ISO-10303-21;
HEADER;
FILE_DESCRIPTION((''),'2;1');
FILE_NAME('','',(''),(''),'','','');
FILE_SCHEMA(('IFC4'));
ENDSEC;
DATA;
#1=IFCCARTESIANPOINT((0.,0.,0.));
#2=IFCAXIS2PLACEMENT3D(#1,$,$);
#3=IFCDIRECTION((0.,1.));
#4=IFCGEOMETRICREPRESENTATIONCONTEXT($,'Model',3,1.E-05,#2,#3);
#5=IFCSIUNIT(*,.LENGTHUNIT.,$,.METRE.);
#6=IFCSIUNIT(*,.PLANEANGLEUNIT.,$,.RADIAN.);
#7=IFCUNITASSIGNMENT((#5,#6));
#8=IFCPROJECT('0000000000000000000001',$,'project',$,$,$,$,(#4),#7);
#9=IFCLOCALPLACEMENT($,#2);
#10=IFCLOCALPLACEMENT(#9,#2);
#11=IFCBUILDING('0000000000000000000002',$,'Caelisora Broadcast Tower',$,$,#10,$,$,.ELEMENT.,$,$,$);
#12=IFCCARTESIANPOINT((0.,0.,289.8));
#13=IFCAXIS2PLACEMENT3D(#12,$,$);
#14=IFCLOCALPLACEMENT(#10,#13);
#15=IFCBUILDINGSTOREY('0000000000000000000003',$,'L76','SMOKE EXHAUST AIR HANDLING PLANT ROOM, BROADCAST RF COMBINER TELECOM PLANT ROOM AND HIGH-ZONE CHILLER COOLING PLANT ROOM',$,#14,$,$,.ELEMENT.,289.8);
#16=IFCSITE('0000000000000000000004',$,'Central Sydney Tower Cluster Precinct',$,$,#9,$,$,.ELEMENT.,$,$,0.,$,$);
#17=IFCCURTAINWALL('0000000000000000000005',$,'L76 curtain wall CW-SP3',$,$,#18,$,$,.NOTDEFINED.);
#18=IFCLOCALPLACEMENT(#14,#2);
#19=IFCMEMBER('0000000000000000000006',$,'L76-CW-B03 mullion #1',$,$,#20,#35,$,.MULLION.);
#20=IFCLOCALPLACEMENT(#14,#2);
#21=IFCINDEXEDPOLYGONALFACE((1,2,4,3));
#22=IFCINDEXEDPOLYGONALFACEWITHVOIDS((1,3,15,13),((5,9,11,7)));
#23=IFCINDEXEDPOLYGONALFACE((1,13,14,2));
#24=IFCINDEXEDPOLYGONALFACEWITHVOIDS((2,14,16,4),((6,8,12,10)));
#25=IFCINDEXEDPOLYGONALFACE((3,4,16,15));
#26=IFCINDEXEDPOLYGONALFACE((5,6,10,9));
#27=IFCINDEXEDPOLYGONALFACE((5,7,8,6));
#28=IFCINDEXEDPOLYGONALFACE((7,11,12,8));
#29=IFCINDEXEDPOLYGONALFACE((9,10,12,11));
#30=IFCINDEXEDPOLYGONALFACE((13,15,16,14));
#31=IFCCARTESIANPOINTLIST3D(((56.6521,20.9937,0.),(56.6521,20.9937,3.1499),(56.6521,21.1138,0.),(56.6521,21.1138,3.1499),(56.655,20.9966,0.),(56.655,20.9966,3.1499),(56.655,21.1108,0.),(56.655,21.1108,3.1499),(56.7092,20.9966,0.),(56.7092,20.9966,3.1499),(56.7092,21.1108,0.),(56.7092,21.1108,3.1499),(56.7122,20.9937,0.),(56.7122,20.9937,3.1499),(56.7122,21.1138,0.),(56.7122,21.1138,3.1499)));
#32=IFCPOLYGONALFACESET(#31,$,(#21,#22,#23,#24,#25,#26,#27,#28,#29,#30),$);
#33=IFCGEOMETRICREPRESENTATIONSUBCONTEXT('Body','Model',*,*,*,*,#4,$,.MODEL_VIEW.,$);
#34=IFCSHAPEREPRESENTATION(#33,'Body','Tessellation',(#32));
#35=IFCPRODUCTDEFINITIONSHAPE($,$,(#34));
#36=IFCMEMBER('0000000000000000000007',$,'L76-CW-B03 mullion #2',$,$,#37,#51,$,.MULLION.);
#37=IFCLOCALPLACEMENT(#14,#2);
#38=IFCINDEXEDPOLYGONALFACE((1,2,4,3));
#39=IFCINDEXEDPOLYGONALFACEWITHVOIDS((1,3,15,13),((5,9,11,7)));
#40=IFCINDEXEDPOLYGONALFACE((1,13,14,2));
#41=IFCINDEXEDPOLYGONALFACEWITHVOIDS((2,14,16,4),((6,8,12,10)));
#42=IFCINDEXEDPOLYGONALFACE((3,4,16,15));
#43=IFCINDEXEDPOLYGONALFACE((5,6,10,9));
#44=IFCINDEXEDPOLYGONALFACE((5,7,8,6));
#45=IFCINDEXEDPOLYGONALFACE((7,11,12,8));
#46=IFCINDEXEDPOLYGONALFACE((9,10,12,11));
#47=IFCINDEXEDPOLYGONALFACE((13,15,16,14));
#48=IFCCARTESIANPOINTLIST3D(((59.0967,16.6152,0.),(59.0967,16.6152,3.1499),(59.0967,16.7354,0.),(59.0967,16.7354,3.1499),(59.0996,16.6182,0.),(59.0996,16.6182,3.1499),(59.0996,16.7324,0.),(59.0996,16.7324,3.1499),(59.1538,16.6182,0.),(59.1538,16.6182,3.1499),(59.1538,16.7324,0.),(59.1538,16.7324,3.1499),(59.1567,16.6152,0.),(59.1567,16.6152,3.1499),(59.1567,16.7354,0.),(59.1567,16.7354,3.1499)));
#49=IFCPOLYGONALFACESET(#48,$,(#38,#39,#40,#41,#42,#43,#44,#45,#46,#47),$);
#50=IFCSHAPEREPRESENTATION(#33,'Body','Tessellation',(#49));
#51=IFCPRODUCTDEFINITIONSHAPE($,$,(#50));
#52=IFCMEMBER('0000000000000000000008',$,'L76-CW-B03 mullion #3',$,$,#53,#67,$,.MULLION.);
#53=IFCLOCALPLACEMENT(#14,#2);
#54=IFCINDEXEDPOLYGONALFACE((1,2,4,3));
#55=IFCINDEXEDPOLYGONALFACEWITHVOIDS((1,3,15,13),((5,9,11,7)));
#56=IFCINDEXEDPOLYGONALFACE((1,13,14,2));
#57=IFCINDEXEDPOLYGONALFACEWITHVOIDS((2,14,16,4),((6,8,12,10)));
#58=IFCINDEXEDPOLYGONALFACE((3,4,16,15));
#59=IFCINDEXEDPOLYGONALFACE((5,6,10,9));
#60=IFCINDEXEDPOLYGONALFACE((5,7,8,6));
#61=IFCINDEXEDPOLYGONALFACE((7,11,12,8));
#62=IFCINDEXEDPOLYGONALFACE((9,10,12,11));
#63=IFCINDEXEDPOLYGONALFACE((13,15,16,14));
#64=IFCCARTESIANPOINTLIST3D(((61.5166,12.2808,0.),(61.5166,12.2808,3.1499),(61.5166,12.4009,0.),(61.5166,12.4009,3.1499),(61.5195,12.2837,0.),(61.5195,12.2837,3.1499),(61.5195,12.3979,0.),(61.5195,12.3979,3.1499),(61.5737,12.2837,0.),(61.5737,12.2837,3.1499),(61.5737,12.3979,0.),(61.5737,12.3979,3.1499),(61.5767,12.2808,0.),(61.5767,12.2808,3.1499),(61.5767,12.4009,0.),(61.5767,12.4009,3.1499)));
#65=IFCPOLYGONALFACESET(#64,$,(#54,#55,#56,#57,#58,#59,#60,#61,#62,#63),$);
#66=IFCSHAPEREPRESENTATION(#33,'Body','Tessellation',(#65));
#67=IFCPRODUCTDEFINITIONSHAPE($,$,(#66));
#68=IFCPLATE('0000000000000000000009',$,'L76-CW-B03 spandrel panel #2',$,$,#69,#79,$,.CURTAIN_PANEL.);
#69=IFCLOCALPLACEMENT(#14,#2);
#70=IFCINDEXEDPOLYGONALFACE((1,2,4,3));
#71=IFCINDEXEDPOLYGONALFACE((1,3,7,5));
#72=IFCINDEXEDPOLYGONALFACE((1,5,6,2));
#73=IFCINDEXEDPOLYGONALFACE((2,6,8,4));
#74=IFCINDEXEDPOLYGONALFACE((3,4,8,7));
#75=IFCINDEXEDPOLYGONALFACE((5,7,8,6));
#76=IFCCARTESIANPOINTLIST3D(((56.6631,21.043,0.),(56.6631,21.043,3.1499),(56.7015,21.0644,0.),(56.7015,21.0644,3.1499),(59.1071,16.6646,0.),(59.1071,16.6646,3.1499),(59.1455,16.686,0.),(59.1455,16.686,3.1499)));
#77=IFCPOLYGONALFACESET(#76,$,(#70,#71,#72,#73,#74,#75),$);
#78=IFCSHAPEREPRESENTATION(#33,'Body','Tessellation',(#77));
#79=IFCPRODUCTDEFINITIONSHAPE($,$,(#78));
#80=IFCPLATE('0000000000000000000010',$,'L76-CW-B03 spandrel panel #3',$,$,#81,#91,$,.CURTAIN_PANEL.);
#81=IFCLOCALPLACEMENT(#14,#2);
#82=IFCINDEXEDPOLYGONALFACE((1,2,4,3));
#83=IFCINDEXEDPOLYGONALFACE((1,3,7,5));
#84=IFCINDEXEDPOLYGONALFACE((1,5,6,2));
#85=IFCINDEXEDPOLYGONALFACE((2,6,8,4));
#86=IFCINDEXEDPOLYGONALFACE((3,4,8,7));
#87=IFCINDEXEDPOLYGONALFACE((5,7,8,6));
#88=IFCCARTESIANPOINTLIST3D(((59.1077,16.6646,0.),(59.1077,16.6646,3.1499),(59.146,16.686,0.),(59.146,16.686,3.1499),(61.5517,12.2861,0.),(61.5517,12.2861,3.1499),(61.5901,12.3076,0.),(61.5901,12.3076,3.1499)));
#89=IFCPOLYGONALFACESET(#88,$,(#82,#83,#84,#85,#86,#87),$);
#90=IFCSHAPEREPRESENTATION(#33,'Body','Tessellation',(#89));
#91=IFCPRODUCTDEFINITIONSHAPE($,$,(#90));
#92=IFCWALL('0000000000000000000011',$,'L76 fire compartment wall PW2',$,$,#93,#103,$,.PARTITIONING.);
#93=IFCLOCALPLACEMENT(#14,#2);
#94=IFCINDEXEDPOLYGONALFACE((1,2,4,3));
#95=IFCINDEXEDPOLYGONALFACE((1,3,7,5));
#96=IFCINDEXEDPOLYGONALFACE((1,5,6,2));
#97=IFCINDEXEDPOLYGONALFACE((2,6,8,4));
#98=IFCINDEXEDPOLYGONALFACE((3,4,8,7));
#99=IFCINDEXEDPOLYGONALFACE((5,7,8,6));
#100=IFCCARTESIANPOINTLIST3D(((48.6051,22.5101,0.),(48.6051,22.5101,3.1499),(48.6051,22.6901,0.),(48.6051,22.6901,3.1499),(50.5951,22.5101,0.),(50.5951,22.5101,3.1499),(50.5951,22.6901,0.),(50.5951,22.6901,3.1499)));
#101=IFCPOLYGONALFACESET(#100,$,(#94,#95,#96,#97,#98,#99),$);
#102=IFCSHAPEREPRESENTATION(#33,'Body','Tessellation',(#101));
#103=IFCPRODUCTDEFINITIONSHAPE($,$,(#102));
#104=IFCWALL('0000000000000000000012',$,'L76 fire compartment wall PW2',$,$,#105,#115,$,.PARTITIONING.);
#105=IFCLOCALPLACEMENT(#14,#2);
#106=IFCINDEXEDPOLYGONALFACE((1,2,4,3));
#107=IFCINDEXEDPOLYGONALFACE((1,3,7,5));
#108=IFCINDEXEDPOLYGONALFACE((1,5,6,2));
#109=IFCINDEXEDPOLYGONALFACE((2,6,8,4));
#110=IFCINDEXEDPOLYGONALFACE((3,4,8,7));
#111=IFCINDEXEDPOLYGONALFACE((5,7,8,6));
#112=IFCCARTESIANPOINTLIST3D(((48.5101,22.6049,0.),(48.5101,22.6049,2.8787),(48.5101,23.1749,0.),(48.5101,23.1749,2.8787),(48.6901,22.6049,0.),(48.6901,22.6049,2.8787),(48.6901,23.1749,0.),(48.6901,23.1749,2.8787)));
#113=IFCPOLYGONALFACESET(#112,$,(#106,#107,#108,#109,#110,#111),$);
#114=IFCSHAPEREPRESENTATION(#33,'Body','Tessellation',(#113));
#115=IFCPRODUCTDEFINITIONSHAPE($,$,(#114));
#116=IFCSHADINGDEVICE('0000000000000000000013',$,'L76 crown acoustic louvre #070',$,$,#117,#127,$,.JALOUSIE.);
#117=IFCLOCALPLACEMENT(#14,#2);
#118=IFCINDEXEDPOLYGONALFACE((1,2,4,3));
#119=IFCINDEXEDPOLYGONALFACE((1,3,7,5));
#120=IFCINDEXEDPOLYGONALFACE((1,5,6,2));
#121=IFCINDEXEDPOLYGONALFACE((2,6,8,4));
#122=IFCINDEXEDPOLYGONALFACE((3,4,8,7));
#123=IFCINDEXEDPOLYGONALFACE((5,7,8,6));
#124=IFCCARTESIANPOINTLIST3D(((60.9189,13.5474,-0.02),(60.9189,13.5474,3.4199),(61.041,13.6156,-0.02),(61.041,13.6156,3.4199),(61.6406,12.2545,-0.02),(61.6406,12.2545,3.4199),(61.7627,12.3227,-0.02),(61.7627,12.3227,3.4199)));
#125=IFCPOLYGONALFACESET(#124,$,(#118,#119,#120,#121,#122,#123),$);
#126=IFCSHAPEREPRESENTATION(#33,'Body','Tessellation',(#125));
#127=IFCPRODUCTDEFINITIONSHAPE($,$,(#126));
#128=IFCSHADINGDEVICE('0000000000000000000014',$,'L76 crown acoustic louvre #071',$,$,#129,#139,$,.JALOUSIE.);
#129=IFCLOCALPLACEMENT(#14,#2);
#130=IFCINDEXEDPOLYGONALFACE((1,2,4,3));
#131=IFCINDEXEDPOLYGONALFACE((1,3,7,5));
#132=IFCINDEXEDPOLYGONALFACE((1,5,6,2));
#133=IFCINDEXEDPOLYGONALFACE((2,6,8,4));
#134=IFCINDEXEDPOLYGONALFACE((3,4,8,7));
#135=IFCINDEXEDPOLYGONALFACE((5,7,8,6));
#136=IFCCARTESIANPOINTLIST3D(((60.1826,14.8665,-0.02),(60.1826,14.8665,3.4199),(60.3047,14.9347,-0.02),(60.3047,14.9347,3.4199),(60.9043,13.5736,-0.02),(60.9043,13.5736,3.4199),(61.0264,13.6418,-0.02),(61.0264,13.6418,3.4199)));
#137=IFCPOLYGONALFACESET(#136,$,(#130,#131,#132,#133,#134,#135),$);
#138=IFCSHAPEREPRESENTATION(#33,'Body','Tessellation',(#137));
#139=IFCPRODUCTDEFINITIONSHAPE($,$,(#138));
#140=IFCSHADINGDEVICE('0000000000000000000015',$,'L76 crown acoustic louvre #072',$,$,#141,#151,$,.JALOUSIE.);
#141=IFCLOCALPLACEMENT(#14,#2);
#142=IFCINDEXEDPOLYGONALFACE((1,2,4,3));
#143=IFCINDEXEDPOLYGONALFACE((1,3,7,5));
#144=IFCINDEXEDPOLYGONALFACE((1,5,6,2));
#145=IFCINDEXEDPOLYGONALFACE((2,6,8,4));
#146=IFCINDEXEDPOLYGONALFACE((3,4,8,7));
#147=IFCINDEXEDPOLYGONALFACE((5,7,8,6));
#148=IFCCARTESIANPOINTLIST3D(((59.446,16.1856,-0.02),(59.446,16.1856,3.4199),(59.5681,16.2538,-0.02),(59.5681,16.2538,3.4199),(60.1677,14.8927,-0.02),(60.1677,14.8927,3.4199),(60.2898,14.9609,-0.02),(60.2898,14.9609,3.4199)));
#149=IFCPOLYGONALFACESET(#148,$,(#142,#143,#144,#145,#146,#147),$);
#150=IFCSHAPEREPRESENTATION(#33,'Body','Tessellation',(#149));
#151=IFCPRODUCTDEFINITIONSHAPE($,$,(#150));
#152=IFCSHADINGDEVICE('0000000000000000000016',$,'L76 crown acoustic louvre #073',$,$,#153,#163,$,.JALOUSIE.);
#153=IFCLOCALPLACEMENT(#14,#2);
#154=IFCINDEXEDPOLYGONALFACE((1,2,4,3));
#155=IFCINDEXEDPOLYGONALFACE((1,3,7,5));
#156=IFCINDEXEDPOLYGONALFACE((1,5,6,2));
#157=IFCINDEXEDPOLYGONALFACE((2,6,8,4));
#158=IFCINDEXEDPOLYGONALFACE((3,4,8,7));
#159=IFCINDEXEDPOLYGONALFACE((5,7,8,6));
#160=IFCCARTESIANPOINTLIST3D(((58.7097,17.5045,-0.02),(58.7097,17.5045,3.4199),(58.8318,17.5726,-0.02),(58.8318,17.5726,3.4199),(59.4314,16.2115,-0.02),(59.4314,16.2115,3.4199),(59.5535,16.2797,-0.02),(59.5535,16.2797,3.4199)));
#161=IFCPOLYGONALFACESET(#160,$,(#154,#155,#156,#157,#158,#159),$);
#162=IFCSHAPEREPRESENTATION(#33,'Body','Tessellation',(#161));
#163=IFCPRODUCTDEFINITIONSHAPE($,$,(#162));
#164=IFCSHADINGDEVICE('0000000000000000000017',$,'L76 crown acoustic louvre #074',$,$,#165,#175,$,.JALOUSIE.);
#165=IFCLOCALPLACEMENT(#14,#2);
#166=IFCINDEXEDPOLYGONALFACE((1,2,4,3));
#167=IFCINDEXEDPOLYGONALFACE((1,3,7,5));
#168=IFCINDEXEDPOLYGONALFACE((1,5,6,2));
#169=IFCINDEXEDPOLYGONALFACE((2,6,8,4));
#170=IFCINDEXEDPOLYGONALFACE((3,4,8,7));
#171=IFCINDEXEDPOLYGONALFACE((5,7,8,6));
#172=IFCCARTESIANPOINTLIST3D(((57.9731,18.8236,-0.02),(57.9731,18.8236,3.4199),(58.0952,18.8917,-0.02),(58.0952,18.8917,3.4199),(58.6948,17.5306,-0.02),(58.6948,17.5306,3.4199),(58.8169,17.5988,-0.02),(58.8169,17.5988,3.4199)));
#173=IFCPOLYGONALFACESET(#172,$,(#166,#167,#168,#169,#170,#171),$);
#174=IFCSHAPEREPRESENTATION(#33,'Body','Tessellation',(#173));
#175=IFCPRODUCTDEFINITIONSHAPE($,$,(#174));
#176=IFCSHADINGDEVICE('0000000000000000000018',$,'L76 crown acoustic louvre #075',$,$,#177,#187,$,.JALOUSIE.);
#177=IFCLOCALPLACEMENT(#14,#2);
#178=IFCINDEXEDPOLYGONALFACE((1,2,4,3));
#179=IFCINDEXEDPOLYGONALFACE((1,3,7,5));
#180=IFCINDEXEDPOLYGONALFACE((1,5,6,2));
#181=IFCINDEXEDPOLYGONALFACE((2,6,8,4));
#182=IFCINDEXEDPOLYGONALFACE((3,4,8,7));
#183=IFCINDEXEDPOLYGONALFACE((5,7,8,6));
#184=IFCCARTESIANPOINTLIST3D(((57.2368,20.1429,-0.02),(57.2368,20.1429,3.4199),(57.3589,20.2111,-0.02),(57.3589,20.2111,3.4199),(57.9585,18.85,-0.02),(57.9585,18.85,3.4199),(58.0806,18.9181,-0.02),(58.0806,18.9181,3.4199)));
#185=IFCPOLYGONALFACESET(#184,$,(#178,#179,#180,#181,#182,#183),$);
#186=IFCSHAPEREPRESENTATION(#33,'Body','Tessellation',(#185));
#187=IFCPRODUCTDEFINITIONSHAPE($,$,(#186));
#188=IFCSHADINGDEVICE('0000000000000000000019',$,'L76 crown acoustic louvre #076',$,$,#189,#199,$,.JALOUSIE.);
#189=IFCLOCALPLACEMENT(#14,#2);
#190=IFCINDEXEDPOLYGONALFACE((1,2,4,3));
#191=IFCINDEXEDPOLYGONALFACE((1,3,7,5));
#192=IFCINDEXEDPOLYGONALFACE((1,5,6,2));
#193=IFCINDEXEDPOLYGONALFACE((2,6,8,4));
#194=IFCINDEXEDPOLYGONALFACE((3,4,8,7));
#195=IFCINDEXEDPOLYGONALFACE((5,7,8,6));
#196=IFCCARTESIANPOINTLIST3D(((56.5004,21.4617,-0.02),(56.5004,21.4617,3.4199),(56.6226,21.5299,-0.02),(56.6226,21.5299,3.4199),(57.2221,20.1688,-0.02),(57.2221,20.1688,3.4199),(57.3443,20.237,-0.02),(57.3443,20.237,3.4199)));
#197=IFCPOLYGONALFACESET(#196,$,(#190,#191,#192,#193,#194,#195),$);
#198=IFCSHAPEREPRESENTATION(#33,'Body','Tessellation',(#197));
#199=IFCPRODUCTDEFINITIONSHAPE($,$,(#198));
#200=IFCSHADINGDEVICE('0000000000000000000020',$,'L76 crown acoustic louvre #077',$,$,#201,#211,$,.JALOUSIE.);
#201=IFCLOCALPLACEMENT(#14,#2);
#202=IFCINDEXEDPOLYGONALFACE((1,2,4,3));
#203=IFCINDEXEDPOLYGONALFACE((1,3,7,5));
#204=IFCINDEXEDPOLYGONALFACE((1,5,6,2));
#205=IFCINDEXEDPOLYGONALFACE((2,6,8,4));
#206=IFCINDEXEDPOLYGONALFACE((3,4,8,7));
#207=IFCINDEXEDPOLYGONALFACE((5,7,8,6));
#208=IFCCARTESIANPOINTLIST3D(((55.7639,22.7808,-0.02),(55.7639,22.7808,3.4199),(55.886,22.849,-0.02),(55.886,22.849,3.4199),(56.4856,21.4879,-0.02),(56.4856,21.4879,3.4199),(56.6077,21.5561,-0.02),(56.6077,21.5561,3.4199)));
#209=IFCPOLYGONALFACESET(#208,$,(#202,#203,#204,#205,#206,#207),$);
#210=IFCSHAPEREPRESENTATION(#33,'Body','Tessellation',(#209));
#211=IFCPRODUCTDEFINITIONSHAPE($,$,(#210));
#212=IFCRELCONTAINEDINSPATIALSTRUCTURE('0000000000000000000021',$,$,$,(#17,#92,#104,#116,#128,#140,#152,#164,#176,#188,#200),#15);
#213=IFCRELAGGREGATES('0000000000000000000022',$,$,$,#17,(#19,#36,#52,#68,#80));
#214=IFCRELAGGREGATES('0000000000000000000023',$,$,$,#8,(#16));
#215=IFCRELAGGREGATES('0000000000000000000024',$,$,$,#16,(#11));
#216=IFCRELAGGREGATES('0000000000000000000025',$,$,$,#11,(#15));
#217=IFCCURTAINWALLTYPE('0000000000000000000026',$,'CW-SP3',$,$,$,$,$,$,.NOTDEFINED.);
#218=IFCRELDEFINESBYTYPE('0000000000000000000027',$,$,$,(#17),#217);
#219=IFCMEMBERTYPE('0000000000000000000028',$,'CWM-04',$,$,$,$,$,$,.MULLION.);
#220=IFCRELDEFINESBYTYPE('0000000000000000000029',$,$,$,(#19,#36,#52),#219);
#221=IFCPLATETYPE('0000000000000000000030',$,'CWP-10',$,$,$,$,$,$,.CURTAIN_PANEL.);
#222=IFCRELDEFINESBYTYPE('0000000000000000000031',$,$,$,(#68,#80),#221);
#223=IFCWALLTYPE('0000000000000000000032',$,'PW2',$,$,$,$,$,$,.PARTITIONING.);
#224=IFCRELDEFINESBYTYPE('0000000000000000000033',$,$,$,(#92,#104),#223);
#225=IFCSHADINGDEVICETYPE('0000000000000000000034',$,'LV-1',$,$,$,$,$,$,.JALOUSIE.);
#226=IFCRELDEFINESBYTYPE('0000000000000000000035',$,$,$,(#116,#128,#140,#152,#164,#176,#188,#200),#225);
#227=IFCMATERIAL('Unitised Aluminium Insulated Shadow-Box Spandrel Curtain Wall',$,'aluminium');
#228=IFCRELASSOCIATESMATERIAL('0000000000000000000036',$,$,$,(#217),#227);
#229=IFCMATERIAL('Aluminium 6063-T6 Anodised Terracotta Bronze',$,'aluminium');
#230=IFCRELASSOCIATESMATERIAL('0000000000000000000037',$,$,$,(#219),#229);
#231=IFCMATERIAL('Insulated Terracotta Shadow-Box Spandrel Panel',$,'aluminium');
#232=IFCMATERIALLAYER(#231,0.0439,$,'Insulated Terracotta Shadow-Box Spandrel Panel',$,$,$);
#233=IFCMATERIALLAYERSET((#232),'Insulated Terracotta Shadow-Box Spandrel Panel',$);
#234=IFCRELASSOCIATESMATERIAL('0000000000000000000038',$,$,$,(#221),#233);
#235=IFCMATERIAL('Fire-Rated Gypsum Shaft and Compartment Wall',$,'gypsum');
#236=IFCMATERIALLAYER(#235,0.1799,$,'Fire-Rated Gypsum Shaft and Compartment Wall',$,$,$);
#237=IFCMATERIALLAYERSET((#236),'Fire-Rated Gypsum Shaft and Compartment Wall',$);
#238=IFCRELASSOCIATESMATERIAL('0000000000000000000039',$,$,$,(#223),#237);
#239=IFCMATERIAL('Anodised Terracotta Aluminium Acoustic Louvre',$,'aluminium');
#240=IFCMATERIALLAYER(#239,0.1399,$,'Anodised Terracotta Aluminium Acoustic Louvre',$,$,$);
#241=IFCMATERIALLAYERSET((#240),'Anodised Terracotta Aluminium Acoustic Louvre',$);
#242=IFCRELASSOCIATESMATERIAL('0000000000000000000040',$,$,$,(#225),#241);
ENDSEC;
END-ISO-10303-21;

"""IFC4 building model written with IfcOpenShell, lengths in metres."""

from ifc_helpers import new_model, si_unit, direction, frame, frame_2d, origin, origin_2d, place, context, subcontext, project, spatial, rectangle, hollow_rectangle, extrude, source, transform, mapped, material, layer, layer_set, material_profile, profile_set, type_object, type_shapes, element, aggregate, save


model = new_model("IFC4")

# Units and contexts
model_context = context("Model", 3, precision=1e-05, world=origin(), true_north=direction((0.0, 1.0)))
body_context = subcontext(model_context, "Body", "Model", "MODEL_VIEW")
ifc_project = project(units=[si_unit("LENGTHUNIT", "METRE"), si_unit("PLANEANGLEUNIT", "RADIAN")], contexts=[model_context])

# Site, building, storey
site_placement = place(None, origin())
site = spatial("IfcSite", under=ifc_project, at=site_placement, Name="Central Sydney Tower Cluster Precinct", CompositionType="ELEMENT", RefElevation=0.0)
building_placement = place(site_placement, origin())
building = spatial("IfcBuilding", under=site, at=building_placement, Name="Caelisora Broadcast Tower", CompositionType="ELEMENT")
storey_placement = place(building_placement, frame((0.0, 0.0, 289.8)))
storey = spatial("IfcBuildingStorey", under=building, at=storey_placement, Name="L76", Description="SMOKE EXHAUST AIR HANDLING PLANT ROOM, BROADCAST RF COMBINER TELECOM PLANT ROOM AND HIGH-ZONE CHILLER COOLING PLANT ROOM", CompositionType="ELEMENT", Elevation=289.8)

# Curtain wall, members, plates
ifc_material_1 = material(Name="Unitised Aluminium Insulated Shadow-Box Spandrel Curtain Wall", Category="aluminium")
curtain_wall_type = type_object("IfcCurtainWallType", Name="CW-SP3", PredefinedType="NOTDEFINED", material=ifc_material_1)
curtain_wall_placement = place(storey_placement, origin())
curtain_wall = element("IfcCurtainWall", 1, at=curtain_wall_placement, inside=storey, type_object=curtain_wall_type, Name="L76 curtain wall CW-SP3", PredefinedType="NOTDEFINED")
ifc_material_2 = material(Name="Aluminium 6063-T6 Anodised Terracotta Bronze", Category="aluminium")
ifc_material_profile_1 = material_profile(ifc_material_2, hollow_rectangle(XDim=0.0601, YDim=0.1201, WallThickness=0.0029, at=origin_2d()), Name="Aluminium 6063-T6 Anodised Terracotta Bronze")
ifc_profile_set_1 = profile_set([ifc_material_profile_1], Name="Aluminium 6063-T6 Anodised Terracotta Bronze")
member_type = type_object("IfcMemberType", Name="CWM-04", PredefinedType="MULLION", material=ifc_profile_set_1)
shared_shape_1 = source(origin(), body_context, "Body", "SweptSolid", [
    extrude(hollow_rectangle(XDim=0.0601, YDim=0.1201, WallThickness=0.0029, at=origin_2d()), origin(), (0.0, 0.0, 1.0), 3.1499),
])
type_shapes(member_type, [shared_shape_1])
member_1_placement = place(storey_placement, frame((56.6821, 21.0537, 0.0), z_axis=(0.0, 0.0, 1.0), x_axis=(1.0, 0.0, 0.0)))
member_1 = element("IfcMember", 2, at=member_1_placement, type_object=member_type, Name="L76-CW-B03 mullion #1", PredefinedType="MULLION", context=body_context, shape_type="MappedRepresentation", body=[
    mapped(shared_shape_1, transform((0.0, 0.0, 0.0), scale=1.0)),
])
member_2_placement = place(storey_placement, frame((59.1267, 16.6753, 0.0), z_axis=(0.0, 0.0, 1.0), x_axis=(1.0, 0.0, 0.0)))
member_2 = element("IfcMember", 3, at=member_2_placement, type_object=member_type, Name="L76-CW-B03 mullion #2", PredefinedType="MULLION", context=body_context, shape_type="MappedRepresentation", body=[
    mapped(shared_shape_1, transform((0.0, 0.0, 0.0), scale=1.0)),
])
member_3_placement = place(storey_placement, frame((61.5466, 12.3408, 0.0), z_axis=(0.0, 0.0, 1.0), x_axis=(1.0, 0.0, 0.0)))
member_3 = element("IfcMember", 4, at=member_3_placement, type_object=member_type, Name="L76-CW-B03 mullion #3", PredefinedType="MULLION", context=body_context, shape_type="MappedRepresentation", body=[
    mapped(shared_shape_1, transform((0.0, 0.0, 0.0), scale=1.0)),
])
ifc_material_3 = material(Name="Insulated Terracotta Shadow-Box Spandrel Panel", Category="aluminium")
ifc_layer_1 = layer(ifc_material_3, 0.0439, Name="Insulated Terracotta Shadow-Box Spandrel Panel")
ifc_layer_set_1 = layer_set([ifc_layer_1], Name="Insulated Terracotta Shadow-Box Spandrel Panel")
plate_type = type_object("IfcPlateType", Name="CWP-10", PredefinedType="CURTAIN_PANEL", material=ifc_layer_set_1)
shared_shape_2 = source(origin(), body_context, "Body", "SweptSolid", [
    extrude(rectangle(XDim=5.0144, YDim=0.0439, at=origin_2d()), origin(), (0.0, 0.0, 1.0), 3.1499),
])
type_shapes(plate_type, [shared_shape_2])
plate_1_placement = place(storey_placement, frame((57.9043, 18.8645, 0.0), z_axis=(0.0, 0.0, 1.0), x_axis=(0.487403, -0.873177, 0.0)))
plate_1 = element("IfcPlate", 5, at=plate_1_placement, type_object=plate_type, Name="L76-CW-B03 spandrel panel #2", PredefinedType="CURTAIN_PANEL", context=body_context, shape_type="MappedRepresentation", body=[
    mapped(shared_shape_2, transform((0.0, 0.0, 0.0), scale=1.0)),
])
plate_2_placement = place(storey_placement, frame((60.3489, 14.4861, 0.0), z_axis=(0.0, 0.0, 1.0), x_axis=(0.487403, -0.873177, 0.0)))
plate_2 = element("IfcPlate", 6, at=plate_2_placement, type_object=plate_type, Name="L76-CW-B03 spandrel panel #3", PredefinedType="CURTAIN_PANEL", context=body_context, shape_type="MappedRepresentation", body=[
    mapped(shared_shape_2, transform((0.0, 0.0, 0.0), scale=1.0)),
])
aggregate(curtain_wall, [member_1, member_2, member_3, plate_1, plate_2])

# Shared definitions
ifc_material_4 = material(Name="Fire-Rated Gypsum Shaft and Compartment Wall", Category="gypsum")
ifc_layer_2 = layer(ifc_material_4, 0.1799, Name="Fire-Rated Gypsum Shaft and Compartment Wall")
ifc_layer_set_2 = layer_set([ifc_layer_2], Name="Fire-Rated Gypsum Shaft and Compartment Wall")
wall_type = type_object("IfcWallType", Name="PW2", PredefinedType="PARTITIONING", material=ifc_layer_set_2)

# Walls
wall_1_placement = place(storey_placement, frame((48.605, 22.6001, 0.0), z_axis=(0.0, 0.0, 1.0), x_axis=(1.0, 0.0, 0.0)))
element("IfcWall", 7, at=wall_1_placement, inside=storey, type_object=wall_type, Name="L76 fire compartment wall PW2", PredefinedType="PARTITIONING", context=body_context, shape_type="SweptSolid", body=[
    extrude(rectangle(XDim=1.99, YDim=0.1799, at=frame_2d((0.9951, 0.0))), origin(), (0.0, 0.0, 1.0), 3.1499),
])
wall_2_placement = place(storey_placement, frame((48.6001, 23.175, 0.0), z_axis=(0.0, 0.0, 1.0), x_axis=(0.0, -1.0, 0.0)))
element("IfcWall", 8, at=wall_2_placement, inside=storey, type_object=wall_type, Name="L76 fire compartment wall PW2", PredefinedType="PARTITIONING", context=body_context, shape_type="SweptSolid", body=[
    extrude(rectangle(XDim=0.5701, YDim=0.1799, at=frame_2d((0.2852, 0.0))), origin(), (0.0, 0.0, 1.0), 2.8787),
])

# Shading devices
ifc_material_5 = material(Name="Anodised Terracotta Aluminium Acoustic Louvre", Category="aluminium")
ifc_layer_3 = layer(ifc_material_5, 0.1399, Name="Anodised Terracotta Aluminium Acoustic Louvre")
ifc_layer_set_3 = layer_set([ifc_layer_3], Name="Anodised Terracotta Aluminium Acoustic Louvre")
shading_device_type = type_object("IfcShadingDeviceType", Name="LV-1", PredefinedType="JALOUSIE", material=ifc_layer_set_3)
shared_shape_3 = source(origin(), body_context, "Body", "SweptSolid", [
    extrude(rectangle(XDim=1.4807, YDim=0.1399, at=origin_2d()), origin(), (0.0, 0.0, 1.0), 3.4399),
])
type_shapes(shading_device_type, [shared_shape_3])
for number, where, z_axis, x_axis, name in (
    (9, (61.3408, 12.9351, -0.02), (0.0, 0.0, 1.0), (-0.487403, 0.873177, 0.0), "L76 crown acoustic louvre #070"),
    (10, (60.6045, 14.2542, -0.02), (0.0, 0.0, 1.0), (-0.487403, 0.873177, 0.0), "L76 crown acoustic louvre #071"),
    (11, (59.8679, 15.5732, -0.02), (0.0, 0.0, 1.0), (-0.487403, 0.873177, 0.0), "L76 crown acoustic louvre #072"),
    (12, (59.1316, 16.8921, -0.02), (0.0, 0.0, 1.0), (-0.487403, 0.873177, 0.0), "L76 crown acoustic louvre #073"),
    (13, (58.395, 18.2112, -0.02), (0.0, 0.0, 1.0), (-0.487403, 0.873177, 0.0), "L76 crown acoustic louvre #074"),
    (14, (57.6587, 19.5305, -0.02), (0.0, 0.0, 1.0), (-0.487403, 0.873177, 0.0), "L76 crown acoustic louvre #075"),
    (15, (56.9224, 20.8494, -0.02), (0.0, 0.0, 1.0), (-0.487403, 0.873177, 0.0), "L76 crown acoustic louvre #076"),
    (16, (56.1858, 22.1685, -0.02), (0.0, 0.0, 1.0), (-0.487403, 0.873177, 0.0), "L76 crown acoustic louvre #077"),
):
    element("IfcShadingDevice", number, at=place(storey_placement, frame(where, z_axis=z_axis, x_axis=x_axis)), inside=storey, type_object=shading_device_type, Name=name, PredefinedType="JALOUSIE", context=body_context, shape_type="MappedRepresentation", body=[
        mapped(shared_shape_3, transform((0.0, 0.0, 0.0), scale=1.0)),
    ])

save(model, "model.ifc")
